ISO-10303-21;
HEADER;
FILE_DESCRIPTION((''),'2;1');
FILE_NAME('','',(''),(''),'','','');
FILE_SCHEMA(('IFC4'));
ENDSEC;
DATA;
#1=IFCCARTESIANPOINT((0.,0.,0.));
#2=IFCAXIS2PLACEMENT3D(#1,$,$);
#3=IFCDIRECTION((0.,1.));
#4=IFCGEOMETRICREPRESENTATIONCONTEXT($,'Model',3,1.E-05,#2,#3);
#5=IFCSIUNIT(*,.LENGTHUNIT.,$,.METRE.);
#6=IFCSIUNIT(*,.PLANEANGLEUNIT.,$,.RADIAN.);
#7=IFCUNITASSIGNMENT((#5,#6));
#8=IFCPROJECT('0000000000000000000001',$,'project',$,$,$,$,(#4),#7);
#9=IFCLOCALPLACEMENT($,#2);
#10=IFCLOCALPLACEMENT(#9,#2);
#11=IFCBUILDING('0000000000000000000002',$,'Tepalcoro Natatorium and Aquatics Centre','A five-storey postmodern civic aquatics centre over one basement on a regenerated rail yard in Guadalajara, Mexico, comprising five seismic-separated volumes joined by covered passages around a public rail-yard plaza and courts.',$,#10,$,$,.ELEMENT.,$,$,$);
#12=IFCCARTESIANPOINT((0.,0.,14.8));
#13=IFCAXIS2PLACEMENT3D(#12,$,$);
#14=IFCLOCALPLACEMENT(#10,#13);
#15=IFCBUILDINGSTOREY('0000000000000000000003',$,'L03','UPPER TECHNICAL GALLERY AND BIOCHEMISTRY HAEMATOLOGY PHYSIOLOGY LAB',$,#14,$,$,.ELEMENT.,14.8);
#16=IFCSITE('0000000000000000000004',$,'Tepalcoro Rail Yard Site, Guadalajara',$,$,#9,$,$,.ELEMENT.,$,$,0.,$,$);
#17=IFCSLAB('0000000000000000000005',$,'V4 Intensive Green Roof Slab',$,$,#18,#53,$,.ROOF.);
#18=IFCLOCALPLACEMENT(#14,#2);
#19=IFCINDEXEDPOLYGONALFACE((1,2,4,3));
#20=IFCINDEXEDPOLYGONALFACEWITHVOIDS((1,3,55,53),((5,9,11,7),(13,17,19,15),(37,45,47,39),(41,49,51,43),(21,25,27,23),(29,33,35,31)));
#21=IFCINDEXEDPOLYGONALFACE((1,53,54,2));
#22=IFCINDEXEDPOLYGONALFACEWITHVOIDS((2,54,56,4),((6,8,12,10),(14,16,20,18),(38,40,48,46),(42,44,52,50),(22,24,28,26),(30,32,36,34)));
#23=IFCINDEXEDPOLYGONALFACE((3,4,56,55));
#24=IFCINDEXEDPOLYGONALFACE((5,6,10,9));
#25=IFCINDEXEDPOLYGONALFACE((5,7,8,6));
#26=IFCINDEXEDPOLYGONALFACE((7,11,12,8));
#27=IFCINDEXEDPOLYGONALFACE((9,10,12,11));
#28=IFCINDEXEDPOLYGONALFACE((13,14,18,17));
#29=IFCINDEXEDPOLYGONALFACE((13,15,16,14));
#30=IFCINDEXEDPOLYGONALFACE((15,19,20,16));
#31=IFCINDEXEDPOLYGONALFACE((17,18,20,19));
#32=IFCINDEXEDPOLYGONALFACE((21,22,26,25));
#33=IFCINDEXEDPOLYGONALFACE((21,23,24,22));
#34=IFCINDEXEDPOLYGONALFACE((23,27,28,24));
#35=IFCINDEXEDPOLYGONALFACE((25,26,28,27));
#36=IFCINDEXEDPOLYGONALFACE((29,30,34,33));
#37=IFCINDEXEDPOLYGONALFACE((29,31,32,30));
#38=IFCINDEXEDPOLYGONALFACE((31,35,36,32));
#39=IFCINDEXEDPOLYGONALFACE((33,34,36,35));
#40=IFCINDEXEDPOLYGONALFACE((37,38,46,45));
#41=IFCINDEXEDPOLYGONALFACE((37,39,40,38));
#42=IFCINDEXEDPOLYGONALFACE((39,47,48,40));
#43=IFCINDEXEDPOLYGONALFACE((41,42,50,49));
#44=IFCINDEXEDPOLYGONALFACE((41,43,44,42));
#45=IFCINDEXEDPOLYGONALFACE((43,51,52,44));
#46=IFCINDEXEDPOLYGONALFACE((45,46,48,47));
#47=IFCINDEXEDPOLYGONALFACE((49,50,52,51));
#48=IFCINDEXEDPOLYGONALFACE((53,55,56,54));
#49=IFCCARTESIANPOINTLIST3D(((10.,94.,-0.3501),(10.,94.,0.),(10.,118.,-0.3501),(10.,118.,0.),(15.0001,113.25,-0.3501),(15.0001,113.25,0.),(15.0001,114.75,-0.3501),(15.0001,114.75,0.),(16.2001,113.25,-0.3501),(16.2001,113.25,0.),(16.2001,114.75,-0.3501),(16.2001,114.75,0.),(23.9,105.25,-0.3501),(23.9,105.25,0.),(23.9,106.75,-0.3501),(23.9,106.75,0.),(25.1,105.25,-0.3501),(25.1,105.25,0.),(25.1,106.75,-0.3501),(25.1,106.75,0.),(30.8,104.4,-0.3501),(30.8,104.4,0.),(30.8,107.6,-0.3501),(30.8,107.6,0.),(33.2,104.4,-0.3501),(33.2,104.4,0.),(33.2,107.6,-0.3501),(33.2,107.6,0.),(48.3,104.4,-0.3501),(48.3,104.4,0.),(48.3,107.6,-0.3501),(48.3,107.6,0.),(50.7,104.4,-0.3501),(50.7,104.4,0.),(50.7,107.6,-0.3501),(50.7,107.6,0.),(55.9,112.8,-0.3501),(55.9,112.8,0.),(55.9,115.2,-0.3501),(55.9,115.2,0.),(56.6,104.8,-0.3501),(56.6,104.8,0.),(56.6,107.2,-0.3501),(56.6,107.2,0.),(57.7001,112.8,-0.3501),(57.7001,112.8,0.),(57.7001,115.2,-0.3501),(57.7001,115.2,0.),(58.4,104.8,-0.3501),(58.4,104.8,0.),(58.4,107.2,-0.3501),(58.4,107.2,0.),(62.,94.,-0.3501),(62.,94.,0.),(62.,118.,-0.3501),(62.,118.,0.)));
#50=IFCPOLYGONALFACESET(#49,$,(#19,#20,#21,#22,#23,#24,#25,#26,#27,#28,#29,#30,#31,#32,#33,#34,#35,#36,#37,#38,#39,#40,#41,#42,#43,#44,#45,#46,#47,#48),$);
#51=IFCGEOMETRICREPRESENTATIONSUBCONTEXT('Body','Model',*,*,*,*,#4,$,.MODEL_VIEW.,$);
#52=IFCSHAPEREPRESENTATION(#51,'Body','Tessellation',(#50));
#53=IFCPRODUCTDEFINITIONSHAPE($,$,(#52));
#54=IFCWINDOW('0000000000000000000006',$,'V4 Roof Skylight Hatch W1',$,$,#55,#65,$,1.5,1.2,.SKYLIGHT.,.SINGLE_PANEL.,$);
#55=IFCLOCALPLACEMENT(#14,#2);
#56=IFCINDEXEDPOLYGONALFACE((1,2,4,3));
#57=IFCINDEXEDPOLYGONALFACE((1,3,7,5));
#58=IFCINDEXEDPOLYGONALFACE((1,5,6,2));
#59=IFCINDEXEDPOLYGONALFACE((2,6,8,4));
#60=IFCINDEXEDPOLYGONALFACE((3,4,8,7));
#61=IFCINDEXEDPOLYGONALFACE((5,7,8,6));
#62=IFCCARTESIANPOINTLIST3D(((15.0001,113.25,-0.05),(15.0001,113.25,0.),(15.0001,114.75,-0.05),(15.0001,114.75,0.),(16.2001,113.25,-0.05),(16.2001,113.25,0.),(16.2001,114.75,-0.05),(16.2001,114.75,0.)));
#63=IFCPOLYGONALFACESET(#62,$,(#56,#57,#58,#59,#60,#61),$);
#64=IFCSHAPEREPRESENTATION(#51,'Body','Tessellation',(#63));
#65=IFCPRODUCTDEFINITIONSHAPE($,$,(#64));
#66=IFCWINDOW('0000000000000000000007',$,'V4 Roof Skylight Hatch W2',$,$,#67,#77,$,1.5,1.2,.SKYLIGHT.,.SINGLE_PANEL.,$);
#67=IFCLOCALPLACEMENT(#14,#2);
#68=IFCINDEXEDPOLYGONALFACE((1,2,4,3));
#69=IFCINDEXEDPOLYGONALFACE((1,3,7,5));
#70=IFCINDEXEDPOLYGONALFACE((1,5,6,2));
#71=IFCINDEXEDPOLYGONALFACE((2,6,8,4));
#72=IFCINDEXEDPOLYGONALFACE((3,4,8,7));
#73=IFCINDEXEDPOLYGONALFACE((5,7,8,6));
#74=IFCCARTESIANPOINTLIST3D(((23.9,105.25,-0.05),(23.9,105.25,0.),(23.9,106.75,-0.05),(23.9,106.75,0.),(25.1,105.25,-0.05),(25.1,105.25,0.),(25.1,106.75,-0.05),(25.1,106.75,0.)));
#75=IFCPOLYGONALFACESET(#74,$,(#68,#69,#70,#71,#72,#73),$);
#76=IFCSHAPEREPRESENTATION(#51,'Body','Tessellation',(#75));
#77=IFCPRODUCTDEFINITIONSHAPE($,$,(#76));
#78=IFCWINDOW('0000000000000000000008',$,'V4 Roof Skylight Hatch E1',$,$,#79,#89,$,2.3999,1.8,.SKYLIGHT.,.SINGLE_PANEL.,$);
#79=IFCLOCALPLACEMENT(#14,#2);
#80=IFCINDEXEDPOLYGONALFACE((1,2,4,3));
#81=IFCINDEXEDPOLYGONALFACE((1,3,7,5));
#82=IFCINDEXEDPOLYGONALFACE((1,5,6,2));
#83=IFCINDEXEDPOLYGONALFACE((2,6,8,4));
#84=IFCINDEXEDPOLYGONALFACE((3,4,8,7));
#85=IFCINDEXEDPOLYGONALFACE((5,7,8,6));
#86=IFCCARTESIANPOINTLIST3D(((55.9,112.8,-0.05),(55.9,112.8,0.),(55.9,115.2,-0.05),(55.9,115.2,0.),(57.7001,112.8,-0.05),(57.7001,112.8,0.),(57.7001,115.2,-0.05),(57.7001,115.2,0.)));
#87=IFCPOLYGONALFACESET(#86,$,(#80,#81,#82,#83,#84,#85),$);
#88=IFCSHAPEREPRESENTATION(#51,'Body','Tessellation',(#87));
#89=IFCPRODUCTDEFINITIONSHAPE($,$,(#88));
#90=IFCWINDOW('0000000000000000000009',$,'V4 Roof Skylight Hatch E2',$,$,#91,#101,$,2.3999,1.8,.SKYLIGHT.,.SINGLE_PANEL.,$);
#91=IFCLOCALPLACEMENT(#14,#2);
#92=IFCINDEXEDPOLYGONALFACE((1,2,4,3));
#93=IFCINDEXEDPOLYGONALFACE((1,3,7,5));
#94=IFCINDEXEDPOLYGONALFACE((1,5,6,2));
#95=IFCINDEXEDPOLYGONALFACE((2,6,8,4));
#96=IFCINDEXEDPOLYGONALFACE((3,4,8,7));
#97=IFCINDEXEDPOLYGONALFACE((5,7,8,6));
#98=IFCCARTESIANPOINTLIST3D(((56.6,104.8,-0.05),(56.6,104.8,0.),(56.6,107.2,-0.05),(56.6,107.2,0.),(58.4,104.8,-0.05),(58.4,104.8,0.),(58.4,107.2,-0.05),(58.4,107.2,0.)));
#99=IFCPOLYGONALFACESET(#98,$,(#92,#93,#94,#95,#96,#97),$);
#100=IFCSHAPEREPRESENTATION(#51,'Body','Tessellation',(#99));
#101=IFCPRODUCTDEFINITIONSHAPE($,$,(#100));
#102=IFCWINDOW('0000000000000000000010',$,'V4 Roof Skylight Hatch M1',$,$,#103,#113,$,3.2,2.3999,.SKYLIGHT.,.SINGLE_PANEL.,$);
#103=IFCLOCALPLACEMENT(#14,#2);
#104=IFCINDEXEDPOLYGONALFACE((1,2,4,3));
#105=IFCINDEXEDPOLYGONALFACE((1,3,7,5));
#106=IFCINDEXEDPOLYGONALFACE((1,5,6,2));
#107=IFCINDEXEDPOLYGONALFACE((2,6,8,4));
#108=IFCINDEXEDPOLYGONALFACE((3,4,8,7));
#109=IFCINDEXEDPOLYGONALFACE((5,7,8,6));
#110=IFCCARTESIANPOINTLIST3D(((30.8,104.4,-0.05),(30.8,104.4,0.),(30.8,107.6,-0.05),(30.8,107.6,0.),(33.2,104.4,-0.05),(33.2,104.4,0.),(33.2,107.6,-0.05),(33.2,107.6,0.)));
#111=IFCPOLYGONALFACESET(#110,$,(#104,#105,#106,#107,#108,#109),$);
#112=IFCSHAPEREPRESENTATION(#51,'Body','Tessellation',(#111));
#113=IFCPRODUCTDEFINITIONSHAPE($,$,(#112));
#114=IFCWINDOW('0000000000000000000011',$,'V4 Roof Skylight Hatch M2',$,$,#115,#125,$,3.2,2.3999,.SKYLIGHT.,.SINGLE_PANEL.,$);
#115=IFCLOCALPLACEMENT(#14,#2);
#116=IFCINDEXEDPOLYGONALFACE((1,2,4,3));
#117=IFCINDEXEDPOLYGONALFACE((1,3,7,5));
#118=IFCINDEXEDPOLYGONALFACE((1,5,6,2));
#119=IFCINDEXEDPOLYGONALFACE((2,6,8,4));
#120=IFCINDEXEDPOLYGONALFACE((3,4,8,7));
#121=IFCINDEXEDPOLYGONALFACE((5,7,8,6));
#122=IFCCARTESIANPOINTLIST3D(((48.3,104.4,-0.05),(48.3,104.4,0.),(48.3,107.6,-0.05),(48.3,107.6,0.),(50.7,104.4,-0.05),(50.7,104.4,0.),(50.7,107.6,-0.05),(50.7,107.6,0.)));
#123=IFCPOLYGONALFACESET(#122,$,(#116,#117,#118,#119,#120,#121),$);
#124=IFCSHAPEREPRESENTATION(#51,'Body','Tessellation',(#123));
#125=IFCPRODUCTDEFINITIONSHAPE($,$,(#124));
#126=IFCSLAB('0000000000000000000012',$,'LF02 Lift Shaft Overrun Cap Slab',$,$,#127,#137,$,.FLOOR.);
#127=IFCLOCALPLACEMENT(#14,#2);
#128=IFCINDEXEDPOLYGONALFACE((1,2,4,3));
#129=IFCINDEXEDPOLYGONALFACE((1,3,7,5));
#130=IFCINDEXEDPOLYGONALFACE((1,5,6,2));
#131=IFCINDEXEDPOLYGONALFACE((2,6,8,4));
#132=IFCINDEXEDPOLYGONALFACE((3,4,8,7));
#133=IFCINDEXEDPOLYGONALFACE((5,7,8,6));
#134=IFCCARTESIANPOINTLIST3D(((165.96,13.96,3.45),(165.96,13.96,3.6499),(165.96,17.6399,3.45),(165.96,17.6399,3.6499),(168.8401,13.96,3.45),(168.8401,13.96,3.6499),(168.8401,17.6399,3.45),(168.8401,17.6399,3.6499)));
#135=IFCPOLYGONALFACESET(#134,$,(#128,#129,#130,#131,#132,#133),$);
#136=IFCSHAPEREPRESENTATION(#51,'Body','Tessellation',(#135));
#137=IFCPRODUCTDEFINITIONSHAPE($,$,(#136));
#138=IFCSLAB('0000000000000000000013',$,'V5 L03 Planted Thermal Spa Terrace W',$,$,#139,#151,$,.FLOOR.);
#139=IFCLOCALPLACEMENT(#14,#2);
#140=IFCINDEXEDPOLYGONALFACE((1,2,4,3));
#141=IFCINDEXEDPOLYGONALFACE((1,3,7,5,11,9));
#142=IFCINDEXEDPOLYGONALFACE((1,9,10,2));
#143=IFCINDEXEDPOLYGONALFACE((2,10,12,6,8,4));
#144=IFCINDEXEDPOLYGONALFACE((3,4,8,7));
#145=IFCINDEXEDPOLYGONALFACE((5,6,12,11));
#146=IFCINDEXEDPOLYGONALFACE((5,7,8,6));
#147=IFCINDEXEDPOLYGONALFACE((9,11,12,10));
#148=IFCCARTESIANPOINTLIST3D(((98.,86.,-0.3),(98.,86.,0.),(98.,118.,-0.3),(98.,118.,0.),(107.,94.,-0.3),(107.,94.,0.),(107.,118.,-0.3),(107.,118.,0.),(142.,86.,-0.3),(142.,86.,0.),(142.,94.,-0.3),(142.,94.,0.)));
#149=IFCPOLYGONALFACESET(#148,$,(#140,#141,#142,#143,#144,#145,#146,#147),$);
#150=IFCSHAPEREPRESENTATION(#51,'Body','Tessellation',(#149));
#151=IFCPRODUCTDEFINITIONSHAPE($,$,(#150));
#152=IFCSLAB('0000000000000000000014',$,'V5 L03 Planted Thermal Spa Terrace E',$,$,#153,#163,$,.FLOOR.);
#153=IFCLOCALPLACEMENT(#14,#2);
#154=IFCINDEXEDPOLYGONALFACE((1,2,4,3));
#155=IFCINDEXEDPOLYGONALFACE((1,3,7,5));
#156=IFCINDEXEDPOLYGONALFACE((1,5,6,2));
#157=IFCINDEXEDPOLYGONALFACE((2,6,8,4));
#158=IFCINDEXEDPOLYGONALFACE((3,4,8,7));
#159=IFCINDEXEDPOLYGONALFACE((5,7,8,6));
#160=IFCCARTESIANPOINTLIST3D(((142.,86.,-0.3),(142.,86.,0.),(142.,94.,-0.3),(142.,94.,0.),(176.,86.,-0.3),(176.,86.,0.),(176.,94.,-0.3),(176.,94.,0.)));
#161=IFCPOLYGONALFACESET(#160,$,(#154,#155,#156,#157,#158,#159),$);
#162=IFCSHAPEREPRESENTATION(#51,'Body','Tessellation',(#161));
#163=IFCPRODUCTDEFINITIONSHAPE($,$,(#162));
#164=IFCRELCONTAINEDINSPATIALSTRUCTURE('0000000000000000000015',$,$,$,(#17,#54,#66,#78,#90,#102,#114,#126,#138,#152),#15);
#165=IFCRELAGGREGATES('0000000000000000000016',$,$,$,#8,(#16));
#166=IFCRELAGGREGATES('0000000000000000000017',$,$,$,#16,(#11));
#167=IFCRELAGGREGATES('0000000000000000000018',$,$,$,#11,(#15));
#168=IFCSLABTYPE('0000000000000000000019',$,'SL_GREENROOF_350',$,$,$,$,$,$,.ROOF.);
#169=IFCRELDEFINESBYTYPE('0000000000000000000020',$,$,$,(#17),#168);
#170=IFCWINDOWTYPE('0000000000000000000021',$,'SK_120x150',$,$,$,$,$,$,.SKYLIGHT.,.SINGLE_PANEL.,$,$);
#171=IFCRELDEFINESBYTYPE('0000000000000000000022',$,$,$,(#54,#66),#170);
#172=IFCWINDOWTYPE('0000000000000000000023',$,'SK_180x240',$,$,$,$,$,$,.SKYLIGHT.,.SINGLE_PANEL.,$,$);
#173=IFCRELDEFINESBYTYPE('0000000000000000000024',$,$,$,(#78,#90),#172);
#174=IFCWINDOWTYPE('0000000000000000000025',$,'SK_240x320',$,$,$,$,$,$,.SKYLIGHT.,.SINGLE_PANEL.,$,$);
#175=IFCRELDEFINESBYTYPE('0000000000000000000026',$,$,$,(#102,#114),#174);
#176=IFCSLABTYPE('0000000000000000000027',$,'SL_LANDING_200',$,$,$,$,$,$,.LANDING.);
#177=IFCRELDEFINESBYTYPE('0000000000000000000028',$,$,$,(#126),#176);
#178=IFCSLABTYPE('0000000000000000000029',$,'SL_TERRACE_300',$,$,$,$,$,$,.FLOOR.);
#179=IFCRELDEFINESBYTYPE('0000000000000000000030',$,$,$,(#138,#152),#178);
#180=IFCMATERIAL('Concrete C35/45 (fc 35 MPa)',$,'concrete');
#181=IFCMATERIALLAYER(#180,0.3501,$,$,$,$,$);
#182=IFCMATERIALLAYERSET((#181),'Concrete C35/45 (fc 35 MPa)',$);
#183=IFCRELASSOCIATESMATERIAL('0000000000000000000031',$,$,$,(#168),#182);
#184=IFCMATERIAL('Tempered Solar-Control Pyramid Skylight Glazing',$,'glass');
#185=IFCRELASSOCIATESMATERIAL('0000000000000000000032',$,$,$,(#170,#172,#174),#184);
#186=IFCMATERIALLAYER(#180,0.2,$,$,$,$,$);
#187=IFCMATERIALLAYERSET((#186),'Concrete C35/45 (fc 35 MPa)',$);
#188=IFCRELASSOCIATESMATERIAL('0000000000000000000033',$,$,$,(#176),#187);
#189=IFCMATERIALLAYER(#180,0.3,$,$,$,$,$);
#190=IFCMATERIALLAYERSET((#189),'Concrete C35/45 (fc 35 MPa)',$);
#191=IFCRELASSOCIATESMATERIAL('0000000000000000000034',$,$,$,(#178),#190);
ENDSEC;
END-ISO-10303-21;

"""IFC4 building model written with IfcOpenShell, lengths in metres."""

from ifc_helpers import new_model, si_unit, direction, frame, origin, origin_2d, place, context, subcontext, project, spatial, polyline, rectangle, outline, extrude, material, layer, layer_set, type_object, element, fill, save


model = new_model("IFC4")

# Units and contexts
model_context = context("Model", 3, precision=1e-05, world=origin(), true_north=direction((0.0, 1.0)))
body_context = subcontext(model_context, "Body", "Model", "MODEL_VIEW")
ifc_project = project(units=[si_unit("LENGTHUNIT", "METRE"), si_unit("PLANEANGLEUNIT", "RADIAN")], contexts=[model_context])

# Site, building, storey
site_placement = place(None, origin())
site = spatial("IfcSite", under=ifc_project, at=site_placement, Name="Tepalcoro Rail Yard Site, Guadalajara", CompositionType="ELEMENT", RefElevation=0.0)
building_placement = place(site_placement, origin())
building = spatial("IfcBuilding", under=site, at=building_placement, Name="Tepalcoro Natatorium and Aquatics Centre", Description="A five-storey postmodern civic aquatics centre over one basement on a regenerated rail yard in Guadalajara, Mexico, comprising five seismic-separated volumes joined by covered passages around a public rail-yard plaza and courts.", CompositionType="ELEMENT")
storey_placement = place(building_placement, frame((0.0, 0.0, 14.8)))
storey = spatial("IfcBuildingStorey", under=building, at=storey_placement, Name="L03", Description="UPPER TECHNICAL GALLERY AND BIOCHEMISTRY HAEMATOLOGY PHYSIOLOGY LAB", CompositionType="ELEMENT", Elevation=14.8)

# Shared definitions
ifc_material_1 = material(Name="Concrete C35/45 (fc 35 MPa)", Category="concrete")

# Slab, openings, windows
ifc_layer_1 = layer(ifc_material_1, 0.3501)
ifc_layer_set_1 = layer_set([ifc_layer_1], Name="Concrete C35/45 (fc 35 MPa)")
slab_type_1 = type_object("IfcSlabType", Name="SL_GREENROOF_350", PredefinedType="ROOF", material=ifc_layer_set_1)
slab_1_placement = place(storey_placement, frame((0.0, 0.0, -0.3501)))
slab_1 = element("IfcSlab", 1, at=slab_1_placement, inside=storey, type_object=slab_type_1, Name="V4 Intensive Green Roof Slab", PredefinedType="ROOF", context=body_context, shape_type="SweptSolid", body=[
    extrude(outline(polyline([(62.0, 94.0), (62.0, 118.0), (10.0, 118.0), (10.0, 94.0), (62.0, 94.0)])), origin(), (0.0, 0.0, 1.0), 0.3501),
])
opening_1_placement = place(slab_1_placement, frame((15.6001, 114.0, 0.0)))
opening_1 = element("IfcOpeningElement", 2, at=opening_1_placement, cuts=slab_1, PredefinedType="OPENING", context=body_context, shape_type="SweptSolid", body=[
    extrude(rectangle(XDim=1.2, YDim=1.5, at=origin_2d()), frame((0.0, 0.0, -0.012)), (0.0, 0.0, 1.0), 0.374),
])
opening_2_placement = place(slab_1_placement, frame((24.5, 106.0, 0.0)))
opening_2 = element("IfcOpeningElement", 3, at=opening_2_placement, cuts=slab_1, PredefinedType="OPENING", context=body_context, shape_type="SweptSolid", body=[
    extrude(rectangle(XDim=1.2, YDim=1.5, at=origin_2d()), frame((0.0, 0.0, -0.012)), (0.0, 0.0, 1.0), 0.374),
])
opening_3_placement = place(slab_1_placement, frame((32.0, 106.0, 0.0)))
opening_3 = element("IfcOpeningElement", 4, at=opening_3_placement, cuts=slab_1, PredefinedType="OPENING", context=body_context, shape_type="SweptSolid", body=[
    extrude(rectangle(XDim=2.3999, YDim=3.2, at=origin_2d()), frame((0.0, 0.0, -0.012)), (0.0, 0.0, 1.0), 0.374),
])
opening_4_placement = place(slab_1_placement, frame((49.5, 106.0, 0.0)))
opening_4 = element("IfcOpeningElement", 5, at=opening_4_placement, cuts=slab_1, PredefinedType="OPENING", context=body_context, shape_type="SweptSolid", body=[
    extrude(rectangle(XDim=2.3999, YDim=3.2, at=origin_2d()), frame((0.0, 0.0, -0.012)), (0.0, 0.0, 1.0), 0.374),
])
opening_5_placement = place(slab_1_placement, frame((56.8, 114.0, 0.0)))
opening_5 = element("IfcOpeningElement", 6, at=opening_5_placement, cuts=slab_1, PredefinedType="OPENING", context=body_context, shape_type="SweptSolid", body=[
    extrude(rectangle(XDim=1.8, YDim=2.3999, at=origin_2d()), frame((0.0, 0.0, -0.012)), (0.0, 0.0, 1.0), 0.374),
])
opening_6_placement = place(slab_1_placement, frame((57.5, 106.0, 0.0)))
opening_6 = element("IfcOpeningElement", 7, at=opening_6_placement, cuts=slab_1, PredefinedType="OPENING", context=body_context, shape_type="SweptSolid", body=[
    extrude(rectangle(XDim=1.8, YDim=2.3999, at=origin_2d()), frame((0.0, 0.0, -0.012)), (0.0, 0.0, 1.0), 0.374),
])
ifc_material_2 = material(Name="Tempered Solar-Control Pyramid Skylight Glazing", Category="glass")
window_type_1 = type_object("IfcWindowType", Name="SK_120x150", PartitioningType="SINGLE_PANEL", PredefinedType="SKYLIGHT", material=ifc_material_2)
window_1_placement = place(opening_1_placement, frame((0.0, 0.0, 0.3)))
window_1 = element("IfcWindow", 8, at=window_1_placement, inside=storey, type_object=window_type_1, Name="V4 Roof Skylight Hatch W1", OverallHeight=1.5, OverallWidth=1.2, PartitioningType="SINGLE_PANEL", PredefinedType="SKYLIGHT", context=body_context, shape_type="SweptSolid", body=[
    extrude(rectangle(XDim=1.2, YDim=1.5, at=origin_2d()), origin(), (0.0, 0.0, 1.0), 0.05),
])
fill(opening_1, window_1)
window_2_placement = place(opening_2_placement, frame((0.0, 0.0, 0.3)))
window_2 = element("IfcWindow", 9, at=window_2_placement, inside=storey, type_object=window_type_1, Name="V4 Roof Skylight Hatch W2", OverallHeight=1.5, OverallWidth=1.2, PartitioningType="SINGLE_PANEL", PredefinedType="SKYLIGHT", context=body_context, shape_type="SweptSolid", body=[
    extrude(rectangle(XDim=1.2, YDim=1.5, at=origin_2d()), origin(), (0.0, 0.0, 1.0), 0.05),
])
fill(opening_2, window_2)
window_type_2 = type_object("IfcWindowType", Name="SK_180x240", PartitioningType="SINGLE_PANEL", PredefinedType="SKYLIGHT", material=ifc_material_2)
window_3_placement = place(opening_5_placement, frame((0.0, 0.0, 0.3)))
window_3 = element("IfcWindow", 10, at=window_3_placement, inside=storey, type_object=window_type_2, Name="V4 Roof Skylight Hatch E1", OverallHeight=2.3999, OverallWidth=1.8, PartitioningType="SINGLE_PANEL", PredefinedType="SKYLIGHT", context=body_context, shape_type="SweptSolid", body=[
    extrude(rectangle(XDim=1.8, YDim=2.3999, at=origin_2d()), origin(), (0.0, 0.0, 1.0), 0.05),
])
fill(opening_5, window_3)
window_4_placement = place(opening_6_placement, frame((0.0, 0.0, 0.3)))
window_4 = element("IfcWindow", 11, at=window_4_placement, inside=storey, type_object=window_type_2, Name="V4 Roof Skylight Hatch E2", OverallHeight=2.3999, OverallWidth=1.8, PartitioningType="SINGLE_PANEL", PredefinedType="SKYLIGHT", context=body_context, shape_type="SweptSolid", body=[
    extrude(rectangle(XDim=1.8, YDim=2.3999, at=origin_2d()), origin(), (0.0, 0.0, 1.0), 0.05),
])
fill(opening_6, window_4)
window_type_3 = type_object("IfcWindowType", Name="SK_240x320", PartitioningType="SINGLE_PANEL", PredefinedType="SKYLIGHT", material=ifc_material_2)
window_5_placement = place(opening_3_placement, frame((0.0, 0.0, 0.3)))
window_5 = element("IfcWindow", 12, at=window_5_placement, inside=storey, type_object=window_type_3, Name="V4 Roof Skylight Hatch M1", OverallHeight=3.2, OverallWidth=2.3999, PartitioningType="SINGLE_PANEL", PredefinedType="SKYLIGHT", context=body_context, shape_type="SweptSolid", body=[
    extrude(rectangle(XDim=2.3999, YDim=3.2, at=origin_2d()), origin(), (0.0, 0.0, 1.0), 0.05),
])
fill(opening_3, window_5)
window_6_placement = place(opening_4_placement, frame((0.0, 0.0, 0.3)))
window_6 = element("IfcWindow", 13, at=window_6_placement, inside=storey, type_object=window_type_3, Name="V4 Roof Skylight Hatch M2", OverallHeight=3.2, OverallWidth=2.3999, PartitioningType="SINGLE_PANEL", PredefinedType="SKYLIGHT", context=body_context, shape_type="SweptSolid", body=[
    extrude(rectangle(XDim=2.3999, YDim=3.2, at=origin_2d()), origin(), (0.0, 0.0, 1.0), 0.05),
])
fill(opening_4, window_6)

# Slabs
ifc_layer_2 = layer(ifc_material_1, 0.2)
ifc_layer_set_2 = layer_set([ifc_layer_2], Name="Concrete C35/45 (fc 35 MPa)")
slab_type_2 = type_object("IfcSlabType", Name="SL_LANDING_200", PredefinedType="LANDING", material=ifc_layer_set_2)
slab_2_placement = place(storey_placement, frame((0.0, 0.0, 3.45)))
element("IfcSlab", 14, at=slab_2_placement, inside=storey, type_object=slab_type_2, Name="LF02 Lift Shaft Overrun Cap Slab", PredefinedType="FLOOR", context=body_context, shape_type="SweptSolid", body=[
    extrude(outline(polyline([(165.96, 13.96), (168.8401, 13.96), (168.8401, 17.6399), (165.96, 17.6399), (165.96, 13.96)])), origin(), (0.0, 0.0, 1.0), 0.2),
])
ifc_layer_3 = layer(ifc_material_1, 0.3)
ifc_layer_set_3 = layer_set([ifc_layer_3], Name="Concrete C35/45 (fc 35 MPa)")
slab_type_3 = type_object("IfcSlabType", Name="SL_TERRACE_300", PredefinedType="FLOOR", material=ifc_layer_set_3)
slab_3_placement = place(storey_placement, frame((0.0, 0.0, -0.3)))
element("IfcSlab", 15, at=slab_3_placement, inside=storey, type_object=slab_type_3, Name="V5 L03 Planted Thermal Spa Terrace W", PredefinedType="FLOOR", context=body_context, shape_type="SweptSolid", body=[
    extrude(outline(polyline([(98.0, 86.0), (98.0, 118.0), (107.0, 118.0), (107.0, 94.0), (142.0, 94.0), (142.0, 86.0), (98.0, 86.0)])), origin(), (0.0, 0.0, 1.0), 0.3),
])
slab_4_placement = place(storey_placement, frame((0.0, 0.0, -0.3)))
element("IfcSlab", 16, at=slab_4_placement, inside=storey, type_object=slab_type_3, Name="V5 L03 Planted Thermal Spa Terrace E", PredefinedType="FLOOR", context=body_context, shape_type="SweptSolid", body=[
    extrude(outline(polyline([(142.0, 86.0), (142.0, 94.0), (176.0, 94.0), (176.0, 86.0), (142.0, 86.0)])), origin(), (0.0, 0.0, 1.0), 0.3),
])

save(model, "model.ifc")
